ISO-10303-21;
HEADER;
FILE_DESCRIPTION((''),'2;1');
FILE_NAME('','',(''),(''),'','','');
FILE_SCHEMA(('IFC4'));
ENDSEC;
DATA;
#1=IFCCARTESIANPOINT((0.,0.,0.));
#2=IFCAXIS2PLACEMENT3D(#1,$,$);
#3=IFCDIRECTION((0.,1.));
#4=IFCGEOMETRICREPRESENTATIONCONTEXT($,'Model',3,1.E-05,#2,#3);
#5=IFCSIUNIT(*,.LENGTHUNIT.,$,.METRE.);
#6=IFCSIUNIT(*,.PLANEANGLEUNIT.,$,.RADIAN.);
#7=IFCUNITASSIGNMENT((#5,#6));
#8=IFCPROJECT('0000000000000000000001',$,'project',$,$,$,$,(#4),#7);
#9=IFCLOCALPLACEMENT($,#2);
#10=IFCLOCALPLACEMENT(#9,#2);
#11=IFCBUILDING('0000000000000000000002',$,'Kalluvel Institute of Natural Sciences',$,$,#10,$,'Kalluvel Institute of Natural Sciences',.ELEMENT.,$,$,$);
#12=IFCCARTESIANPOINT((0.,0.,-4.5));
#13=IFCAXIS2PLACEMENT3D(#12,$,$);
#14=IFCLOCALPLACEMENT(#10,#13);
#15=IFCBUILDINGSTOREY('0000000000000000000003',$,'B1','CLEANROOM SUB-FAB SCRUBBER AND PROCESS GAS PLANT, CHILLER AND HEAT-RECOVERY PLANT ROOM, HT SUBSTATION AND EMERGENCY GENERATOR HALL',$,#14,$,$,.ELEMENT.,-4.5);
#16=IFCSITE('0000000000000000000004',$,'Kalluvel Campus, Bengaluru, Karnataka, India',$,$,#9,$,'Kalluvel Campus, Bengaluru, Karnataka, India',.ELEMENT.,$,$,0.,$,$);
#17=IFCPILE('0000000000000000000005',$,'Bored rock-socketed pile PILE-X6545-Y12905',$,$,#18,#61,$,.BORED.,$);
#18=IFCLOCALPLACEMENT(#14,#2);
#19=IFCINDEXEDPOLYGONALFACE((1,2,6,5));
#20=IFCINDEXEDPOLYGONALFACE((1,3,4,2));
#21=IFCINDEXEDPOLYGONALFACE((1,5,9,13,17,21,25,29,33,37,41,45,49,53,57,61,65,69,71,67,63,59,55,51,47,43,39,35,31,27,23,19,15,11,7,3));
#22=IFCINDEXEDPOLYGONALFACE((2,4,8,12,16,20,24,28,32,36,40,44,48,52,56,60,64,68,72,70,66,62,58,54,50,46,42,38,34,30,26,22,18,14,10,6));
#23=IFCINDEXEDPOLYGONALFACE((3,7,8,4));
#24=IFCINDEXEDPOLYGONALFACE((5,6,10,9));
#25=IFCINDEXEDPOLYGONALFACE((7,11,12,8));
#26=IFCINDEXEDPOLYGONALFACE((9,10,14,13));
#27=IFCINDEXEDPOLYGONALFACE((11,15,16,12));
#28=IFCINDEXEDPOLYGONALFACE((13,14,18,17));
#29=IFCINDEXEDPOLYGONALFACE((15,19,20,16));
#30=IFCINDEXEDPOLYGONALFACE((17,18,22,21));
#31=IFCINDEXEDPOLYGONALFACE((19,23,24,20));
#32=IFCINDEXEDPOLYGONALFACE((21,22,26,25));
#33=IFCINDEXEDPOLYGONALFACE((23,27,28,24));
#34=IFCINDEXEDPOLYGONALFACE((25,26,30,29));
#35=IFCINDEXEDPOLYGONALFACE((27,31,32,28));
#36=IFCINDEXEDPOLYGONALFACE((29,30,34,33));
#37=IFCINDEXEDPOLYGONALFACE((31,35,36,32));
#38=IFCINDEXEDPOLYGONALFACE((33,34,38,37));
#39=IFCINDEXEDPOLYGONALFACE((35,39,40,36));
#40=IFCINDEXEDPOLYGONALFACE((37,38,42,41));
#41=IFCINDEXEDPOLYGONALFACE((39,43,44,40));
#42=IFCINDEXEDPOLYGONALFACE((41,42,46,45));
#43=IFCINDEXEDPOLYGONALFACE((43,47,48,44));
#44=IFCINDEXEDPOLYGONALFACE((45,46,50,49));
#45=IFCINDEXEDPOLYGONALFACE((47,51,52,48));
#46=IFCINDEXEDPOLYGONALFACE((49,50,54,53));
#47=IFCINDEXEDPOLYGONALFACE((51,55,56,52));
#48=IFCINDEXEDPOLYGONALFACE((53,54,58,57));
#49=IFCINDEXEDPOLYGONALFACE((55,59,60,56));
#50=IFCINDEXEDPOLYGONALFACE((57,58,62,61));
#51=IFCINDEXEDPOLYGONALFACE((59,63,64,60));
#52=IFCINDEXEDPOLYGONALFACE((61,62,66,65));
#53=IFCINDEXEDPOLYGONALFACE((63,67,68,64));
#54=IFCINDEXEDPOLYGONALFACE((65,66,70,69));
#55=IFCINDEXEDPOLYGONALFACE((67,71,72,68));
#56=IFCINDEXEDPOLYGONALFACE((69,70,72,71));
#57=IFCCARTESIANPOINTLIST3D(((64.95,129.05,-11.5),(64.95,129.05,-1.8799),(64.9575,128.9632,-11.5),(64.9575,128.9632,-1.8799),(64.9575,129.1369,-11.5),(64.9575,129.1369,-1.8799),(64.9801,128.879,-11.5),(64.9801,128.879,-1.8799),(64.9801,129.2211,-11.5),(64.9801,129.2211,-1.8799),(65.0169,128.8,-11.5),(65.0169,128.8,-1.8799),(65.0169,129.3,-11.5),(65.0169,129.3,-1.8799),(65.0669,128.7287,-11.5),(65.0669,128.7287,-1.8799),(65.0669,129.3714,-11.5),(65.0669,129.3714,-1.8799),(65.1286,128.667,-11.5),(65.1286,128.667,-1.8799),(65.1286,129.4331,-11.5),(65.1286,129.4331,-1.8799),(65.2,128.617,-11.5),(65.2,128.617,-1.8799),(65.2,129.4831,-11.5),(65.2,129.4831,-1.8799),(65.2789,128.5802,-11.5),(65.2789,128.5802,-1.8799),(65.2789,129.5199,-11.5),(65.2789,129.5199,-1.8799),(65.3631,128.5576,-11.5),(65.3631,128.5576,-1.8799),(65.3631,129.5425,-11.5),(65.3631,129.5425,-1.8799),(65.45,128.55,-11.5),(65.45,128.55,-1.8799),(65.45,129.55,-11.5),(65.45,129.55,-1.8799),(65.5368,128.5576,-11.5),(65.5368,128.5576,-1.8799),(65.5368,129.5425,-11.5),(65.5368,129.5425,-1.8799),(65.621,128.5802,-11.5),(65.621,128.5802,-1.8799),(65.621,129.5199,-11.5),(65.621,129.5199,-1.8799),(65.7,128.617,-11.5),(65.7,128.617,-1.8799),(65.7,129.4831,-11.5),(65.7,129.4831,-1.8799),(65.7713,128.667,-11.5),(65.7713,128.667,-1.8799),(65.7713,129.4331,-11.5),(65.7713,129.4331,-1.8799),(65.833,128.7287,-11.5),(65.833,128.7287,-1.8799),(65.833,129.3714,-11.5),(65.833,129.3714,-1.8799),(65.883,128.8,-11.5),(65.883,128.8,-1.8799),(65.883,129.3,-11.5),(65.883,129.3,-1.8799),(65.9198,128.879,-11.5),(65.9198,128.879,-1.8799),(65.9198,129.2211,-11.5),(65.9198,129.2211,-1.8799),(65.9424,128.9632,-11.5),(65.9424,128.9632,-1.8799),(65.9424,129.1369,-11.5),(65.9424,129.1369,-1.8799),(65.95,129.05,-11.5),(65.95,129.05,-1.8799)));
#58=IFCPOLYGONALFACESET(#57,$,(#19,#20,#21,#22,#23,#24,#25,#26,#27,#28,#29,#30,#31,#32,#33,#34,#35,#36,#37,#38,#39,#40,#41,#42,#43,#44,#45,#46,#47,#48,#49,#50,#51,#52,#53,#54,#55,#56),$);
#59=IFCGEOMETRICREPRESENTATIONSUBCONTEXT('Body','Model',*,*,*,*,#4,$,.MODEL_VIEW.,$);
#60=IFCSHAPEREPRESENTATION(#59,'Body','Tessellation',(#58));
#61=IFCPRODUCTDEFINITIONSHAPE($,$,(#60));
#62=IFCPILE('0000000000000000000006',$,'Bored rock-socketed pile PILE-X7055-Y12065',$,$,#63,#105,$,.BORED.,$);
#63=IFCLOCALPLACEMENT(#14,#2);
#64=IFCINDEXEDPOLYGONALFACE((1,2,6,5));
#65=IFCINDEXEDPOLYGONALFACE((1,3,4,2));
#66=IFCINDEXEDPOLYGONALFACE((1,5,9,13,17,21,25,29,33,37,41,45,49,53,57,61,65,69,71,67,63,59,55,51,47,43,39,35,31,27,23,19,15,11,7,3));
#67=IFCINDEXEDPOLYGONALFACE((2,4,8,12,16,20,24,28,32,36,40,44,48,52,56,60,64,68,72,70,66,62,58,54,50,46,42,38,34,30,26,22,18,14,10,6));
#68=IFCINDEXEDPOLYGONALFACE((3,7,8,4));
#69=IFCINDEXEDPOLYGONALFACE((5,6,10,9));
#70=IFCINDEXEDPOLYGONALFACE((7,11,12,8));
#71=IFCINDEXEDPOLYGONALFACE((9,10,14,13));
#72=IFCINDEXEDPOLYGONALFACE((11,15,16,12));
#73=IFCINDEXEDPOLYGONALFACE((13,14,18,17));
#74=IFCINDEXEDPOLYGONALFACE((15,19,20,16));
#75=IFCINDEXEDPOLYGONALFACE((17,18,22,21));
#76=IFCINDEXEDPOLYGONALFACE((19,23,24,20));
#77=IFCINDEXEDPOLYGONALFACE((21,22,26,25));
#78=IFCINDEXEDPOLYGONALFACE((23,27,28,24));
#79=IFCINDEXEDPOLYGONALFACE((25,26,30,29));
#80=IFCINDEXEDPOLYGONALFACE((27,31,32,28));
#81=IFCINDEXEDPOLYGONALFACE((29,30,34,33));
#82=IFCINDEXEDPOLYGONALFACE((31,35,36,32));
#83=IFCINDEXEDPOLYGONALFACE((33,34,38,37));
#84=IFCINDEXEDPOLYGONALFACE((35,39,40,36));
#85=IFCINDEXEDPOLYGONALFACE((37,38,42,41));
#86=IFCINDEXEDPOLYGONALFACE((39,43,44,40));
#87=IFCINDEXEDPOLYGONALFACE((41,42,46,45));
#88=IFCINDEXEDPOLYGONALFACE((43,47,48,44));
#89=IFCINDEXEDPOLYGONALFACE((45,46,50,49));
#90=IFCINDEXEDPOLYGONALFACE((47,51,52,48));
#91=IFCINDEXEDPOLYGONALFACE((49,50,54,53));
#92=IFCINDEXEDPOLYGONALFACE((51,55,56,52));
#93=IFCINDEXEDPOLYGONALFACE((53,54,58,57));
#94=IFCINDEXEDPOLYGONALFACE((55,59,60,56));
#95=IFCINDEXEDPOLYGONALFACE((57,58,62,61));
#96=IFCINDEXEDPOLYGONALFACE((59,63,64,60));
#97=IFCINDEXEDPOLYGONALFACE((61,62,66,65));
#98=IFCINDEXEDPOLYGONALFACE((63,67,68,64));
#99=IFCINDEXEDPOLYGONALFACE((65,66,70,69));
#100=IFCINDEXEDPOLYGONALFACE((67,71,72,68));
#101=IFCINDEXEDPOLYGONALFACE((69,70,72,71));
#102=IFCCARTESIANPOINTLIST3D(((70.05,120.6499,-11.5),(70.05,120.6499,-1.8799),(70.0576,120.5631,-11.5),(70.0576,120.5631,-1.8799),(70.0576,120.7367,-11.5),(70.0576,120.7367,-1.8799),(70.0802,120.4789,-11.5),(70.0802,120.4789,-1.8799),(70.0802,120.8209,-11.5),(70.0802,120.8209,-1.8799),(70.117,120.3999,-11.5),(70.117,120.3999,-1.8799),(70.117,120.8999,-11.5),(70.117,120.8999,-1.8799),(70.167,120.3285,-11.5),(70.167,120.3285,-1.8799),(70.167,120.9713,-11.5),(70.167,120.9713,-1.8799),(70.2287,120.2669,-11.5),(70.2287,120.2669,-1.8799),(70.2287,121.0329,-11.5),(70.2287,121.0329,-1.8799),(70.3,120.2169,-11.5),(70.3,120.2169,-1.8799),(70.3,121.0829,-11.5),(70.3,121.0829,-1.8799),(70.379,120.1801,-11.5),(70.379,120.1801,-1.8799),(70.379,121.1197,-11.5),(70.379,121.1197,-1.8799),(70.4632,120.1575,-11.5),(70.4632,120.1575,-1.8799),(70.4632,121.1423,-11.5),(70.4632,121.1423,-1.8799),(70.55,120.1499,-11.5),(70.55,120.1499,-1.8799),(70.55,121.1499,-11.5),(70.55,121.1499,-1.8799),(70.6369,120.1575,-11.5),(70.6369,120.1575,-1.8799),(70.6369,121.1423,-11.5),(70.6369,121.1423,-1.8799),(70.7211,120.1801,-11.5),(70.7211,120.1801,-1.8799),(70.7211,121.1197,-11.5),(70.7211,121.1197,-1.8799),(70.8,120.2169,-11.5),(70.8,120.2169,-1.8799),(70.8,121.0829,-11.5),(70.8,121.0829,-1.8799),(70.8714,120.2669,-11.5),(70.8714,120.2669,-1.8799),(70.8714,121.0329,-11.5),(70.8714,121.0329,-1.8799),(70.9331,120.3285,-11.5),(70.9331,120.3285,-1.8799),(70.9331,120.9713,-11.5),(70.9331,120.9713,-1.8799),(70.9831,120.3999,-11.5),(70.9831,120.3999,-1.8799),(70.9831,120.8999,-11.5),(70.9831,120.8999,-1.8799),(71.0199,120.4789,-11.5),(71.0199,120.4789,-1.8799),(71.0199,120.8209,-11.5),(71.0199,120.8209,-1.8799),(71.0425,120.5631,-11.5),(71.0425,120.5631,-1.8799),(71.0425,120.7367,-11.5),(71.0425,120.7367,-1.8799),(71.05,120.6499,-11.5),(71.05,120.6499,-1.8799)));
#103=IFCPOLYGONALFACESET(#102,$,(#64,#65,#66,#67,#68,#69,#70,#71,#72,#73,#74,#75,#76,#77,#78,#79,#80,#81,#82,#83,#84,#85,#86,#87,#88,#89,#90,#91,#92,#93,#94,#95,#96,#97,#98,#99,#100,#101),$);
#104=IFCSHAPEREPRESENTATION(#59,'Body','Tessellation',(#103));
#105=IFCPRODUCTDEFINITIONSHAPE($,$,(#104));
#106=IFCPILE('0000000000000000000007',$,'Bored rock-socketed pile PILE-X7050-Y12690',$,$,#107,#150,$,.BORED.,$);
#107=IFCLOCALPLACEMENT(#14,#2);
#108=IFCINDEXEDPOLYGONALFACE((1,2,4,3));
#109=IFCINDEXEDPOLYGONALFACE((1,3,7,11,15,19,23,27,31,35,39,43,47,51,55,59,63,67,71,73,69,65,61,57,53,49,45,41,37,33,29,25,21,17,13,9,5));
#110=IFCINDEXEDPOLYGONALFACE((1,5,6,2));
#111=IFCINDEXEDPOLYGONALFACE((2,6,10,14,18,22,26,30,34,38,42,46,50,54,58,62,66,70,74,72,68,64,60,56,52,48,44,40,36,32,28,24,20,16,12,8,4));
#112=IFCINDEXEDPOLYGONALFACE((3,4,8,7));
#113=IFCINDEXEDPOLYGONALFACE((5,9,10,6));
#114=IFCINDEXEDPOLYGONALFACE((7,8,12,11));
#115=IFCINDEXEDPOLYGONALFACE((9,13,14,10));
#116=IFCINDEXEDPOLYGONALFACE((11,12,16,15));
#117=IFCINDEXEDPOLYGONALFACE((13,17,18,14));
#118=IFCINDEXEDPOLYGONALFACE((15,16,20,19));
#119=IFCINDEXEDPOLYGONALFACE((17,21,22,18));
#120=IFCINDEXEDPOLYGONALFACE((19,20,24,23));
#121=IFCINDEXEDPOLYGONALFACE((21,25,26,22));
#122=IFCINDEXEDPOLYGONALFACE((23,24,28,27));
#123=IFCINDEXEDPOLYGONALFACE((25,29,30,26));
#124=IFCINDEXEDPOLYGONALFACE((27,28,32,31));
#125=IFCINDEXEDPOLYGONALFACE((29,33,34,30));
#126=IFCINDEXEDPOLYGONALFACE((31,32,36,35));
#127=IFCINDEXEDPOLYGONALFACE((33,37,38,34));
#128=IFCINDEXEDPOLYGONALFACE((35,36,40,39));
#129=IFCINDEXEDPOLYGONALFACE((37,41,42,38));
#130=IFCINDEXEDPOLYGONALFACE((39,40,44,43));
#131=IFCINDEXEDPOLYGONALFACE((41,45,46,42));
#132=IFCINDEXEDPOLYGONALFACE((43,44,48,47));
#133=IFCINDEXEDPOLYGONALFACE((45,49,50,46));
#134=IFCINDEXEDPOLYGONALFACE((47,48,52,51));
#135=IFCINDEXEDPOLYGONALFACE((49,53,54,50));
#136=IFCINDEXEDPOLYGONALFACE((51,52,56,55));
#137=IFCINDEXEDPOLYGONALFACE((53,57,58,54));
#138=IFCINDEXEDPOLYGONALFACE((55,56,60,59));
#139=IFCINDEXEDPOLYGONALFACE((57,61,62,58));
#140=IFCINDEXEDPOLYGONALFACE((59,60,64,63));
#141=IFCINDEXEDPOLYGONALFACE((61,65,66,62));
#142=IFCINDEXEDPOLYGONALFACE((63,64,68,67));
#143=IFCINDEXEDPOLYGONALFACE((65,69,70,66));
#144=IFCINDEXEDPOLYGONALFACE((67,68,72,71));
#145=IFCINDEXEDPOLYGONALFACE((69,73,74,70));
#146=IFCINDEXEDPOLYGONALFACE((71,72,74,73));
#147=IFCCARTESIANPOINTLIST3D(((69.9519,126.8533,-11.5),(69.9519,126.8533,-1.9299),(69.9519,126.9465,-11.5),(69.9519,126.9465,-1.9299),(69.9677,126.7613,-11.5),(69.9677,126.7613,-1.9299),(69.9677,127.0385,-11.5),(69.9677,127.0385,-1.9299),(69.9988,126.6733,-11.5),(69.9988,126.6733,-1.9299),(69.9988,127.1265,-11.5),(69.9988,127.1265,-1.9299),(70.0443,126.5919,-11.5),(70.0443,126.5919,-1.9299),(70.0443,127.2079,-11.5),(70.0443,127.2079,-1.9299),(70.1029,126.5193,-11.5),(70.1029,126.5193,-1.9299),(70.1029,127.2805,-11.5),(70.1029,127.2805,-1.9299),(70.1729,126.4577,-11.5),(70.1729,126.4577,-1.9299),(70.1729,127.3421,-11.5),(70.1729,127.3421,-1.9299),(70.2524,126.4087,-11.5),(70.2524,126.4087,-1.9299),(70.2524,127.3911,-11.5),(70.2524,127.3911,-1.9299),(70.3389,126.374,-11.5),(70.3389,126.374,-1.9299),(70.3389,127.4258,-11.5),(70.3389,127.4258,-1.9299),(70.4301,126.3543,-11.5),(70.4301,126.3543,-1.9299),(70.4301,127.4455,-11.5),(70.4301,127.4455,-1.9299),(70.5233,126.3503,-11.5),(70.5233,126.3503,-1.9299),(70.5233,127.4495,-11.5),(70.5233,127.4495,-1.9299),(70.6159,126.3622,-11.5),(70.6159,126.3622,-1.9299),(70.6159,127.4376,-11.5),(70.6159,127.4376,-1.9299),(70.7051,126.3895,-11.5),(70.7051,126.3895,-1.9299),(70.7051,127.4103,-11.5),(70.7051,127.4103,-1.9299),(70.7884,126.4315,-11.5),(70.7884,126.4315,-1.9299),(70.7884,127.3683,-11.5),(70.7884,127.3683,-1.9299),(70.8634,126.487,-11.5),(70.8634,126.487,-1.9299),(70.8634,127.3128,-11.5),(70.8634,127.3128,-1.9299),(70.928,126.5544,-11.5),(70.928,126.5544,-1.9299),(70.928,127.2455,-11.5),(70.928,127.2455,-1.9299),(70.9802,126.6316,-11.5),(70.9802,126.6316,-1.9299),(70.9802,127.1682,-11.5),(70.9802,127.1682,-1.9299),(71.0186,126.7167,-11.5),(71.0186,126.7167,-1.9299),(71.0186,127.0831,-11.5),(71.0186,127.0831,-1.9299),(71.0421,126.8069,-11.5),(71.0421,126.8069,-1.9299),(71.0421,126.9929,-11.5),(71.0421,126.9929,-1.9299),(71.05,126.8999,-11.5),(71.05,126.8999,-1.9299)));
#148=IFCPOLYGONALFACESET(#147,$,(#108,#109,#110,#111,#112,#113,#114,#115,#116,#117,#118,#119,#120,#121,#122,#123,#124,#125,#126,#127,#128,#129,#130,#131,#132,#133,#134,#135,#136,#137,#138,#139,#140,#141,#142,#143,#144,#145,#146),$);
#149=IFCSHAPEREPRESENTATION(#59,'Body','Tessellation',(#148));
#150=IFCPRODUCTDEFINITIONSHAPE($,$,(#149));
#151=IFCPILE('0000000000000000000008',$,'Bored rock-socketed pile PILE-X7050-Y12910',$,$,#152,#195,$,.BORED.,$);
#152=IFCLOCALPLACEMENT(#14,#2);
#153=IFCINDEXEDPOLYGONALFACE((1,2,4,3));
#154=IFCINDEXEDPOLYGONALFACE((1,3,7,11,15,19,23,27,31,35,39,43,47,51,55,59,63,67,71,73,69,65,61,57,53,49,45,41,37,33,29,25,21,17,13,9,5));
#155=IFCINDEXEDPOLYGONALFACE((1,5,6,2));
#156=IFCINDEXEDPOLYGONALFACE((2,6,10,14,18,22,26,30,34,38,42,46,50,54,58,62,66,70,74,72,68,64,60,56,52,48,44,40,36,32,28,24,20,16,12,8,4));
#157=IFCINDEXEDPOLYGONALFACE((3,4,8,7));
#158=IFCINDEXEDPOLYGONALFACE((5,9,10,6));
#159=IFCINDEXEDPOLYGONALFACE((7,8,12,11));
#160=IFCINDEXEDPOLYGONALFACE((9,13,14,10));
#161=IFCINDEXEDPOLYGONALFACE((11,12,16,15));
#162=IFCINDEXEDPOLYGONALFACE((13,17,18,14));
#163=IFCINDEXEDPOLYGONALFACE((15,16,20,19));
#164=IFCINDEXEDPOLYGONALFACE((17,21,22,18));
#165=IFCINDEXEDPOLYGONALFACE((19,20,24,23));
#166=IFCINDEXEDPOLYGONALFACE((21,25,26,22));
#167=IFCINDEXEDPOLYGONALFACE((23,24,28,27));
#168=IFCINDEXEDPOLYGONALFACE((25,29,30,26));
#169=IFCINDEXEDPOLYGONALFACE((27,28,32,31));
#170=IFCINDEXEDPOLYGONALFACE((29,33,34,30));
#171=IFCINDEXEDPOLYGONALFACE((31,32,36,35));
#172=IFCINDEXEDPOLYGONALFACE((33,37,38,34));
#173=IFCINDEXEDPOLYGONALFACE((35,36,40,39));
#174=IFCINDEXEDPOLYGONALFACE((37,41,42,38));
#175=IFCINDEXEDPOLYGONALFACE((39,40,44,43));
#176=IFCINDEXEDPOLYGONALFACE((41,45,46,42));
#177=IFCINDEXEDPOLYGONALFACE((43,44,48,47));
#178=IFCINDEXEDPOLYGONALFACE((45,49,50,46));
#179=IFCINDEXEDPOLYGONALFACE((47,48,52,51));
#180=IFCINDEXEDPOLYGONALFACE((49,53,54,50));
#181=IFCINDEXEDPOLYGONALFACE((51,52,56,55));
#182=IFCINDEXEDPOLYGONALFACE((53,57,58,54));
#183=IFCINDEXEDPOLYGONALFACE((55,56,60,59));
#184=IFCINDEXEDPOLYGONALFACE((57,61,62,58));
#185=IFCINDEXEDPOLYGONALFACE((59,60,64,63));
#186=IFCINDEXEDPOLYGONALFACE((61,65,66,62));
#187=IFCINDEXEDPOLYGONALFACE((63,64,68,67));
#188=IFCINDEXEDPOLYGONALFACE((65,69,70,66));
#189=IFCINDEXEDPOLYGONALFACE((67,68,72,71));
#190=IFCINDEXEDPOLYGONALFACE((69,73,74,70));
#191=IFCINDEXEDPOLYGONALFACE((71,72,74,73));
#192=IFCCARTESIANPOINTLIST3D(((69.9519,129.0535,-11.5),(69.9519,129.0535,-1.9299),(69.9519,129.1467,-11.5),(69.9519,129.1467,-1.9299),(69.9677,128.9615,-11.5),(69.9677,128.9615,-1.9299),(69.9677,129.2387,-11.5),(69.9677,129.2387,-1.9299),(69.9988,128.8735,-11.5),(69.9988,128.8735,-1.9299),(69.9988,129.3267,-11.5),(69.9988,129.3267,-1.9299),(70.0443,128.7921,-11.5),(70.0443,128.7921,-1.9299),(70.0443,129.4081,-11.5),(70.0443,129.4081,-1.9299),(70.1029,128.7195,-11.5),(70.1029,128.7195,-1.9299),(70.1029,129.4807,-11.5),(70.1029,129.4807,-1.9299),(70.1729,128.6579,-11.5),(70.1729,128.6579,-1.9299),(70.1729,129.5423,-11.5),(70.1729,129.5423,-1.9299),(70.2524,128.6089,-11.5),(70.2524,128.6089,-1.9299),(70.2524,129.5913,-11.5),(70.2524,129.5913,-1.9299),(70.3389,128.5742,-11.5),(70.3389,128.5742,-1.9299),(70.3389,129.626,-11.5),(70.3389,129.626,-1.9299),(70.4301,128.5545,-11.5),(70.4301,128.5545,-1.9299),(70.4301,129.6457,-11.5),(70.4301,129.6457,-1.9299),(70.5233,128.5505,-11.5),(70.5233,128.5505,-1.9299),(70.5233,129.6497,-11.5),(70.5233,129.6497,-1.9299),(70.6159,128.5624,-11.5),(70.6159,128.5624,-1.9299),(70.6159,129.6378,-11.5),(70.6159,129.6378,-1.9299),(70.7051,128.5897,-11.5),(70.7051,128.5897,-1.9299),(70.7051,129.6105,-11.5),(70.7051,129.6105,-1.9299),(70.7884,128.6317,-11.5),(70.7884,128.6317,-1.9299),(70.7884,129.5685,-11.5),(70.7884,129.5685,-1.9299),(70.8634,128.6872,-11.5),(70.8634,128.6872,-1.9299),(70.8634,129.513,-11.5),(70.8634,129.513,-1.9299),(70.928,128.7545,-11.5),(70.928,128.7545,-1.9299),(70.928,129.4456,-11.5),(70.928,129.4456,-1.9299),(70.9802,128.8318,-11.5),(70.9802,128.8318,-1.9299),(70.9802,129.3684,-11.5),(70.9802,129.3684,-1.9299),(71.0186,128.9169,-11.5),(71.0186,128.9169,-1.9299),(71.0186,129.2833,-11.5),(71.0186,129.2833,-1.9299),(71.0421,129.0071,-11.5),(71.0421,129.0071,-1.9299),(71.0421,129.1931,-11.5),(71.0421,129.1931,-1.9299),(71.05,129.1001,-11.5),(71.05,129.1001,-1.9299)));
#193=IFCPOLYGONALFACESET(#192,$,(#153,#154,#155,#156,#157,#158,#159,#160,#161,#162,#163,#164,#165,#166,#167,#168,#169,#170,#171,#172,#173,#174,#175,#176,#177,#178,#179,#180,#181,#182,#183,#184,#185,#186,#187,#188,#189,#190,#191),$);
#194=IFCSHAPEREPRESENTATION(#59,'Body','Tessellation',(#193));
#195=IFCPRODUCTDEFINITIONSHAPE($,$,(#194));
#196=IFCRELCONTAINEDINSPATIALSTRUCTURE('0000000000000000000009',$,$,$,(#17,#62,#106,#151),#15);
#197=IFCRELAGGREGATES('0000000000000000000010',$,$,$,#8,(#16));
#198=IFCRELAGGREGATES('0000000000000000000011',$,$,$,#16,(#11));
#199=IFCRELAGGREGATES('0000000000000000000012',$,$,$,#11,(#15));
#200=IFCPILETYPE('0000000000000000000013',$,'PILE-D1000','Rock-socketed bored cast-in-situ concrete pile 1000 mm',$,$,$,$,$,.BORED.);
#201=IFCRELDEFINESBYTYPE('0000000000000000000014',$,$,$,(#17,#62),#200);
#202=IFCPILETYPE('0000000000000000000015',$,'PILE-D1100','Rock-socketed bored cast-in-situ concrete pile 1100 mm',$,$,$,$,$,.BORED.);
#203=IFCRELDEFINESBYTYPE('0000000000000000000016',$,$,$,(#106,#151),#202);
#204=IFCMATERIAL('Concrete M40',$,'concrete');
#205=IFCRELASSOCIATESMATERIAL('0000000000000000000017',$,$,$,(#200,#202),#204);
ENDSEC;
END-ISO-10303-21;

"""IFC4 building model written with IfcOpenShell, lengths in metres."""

from ifc_helpers import new_model, si_unit, direction, frame, origin, origin_2d, place, context, subcontext, project, spatial, circle, extrude, material, material_profile, profile_set, type_object, element, save


model = new_model("IFC4")

# Units and contexts
model_context = context("Model", 3, precision=1e-05, world=origin(), true_north=direction((0.0, 1.0)))
body_context = subcontext(model_context, "Body", "Model", "MODEL_VIEW")
ifc_project = project(units=[si_unit("LENGTHUNIT", "METRE"), si_unit("PLANEANGLEUNIT", "RADIAN")], contexts=[model_context])

# Site, building, storey
site_placement = place(None, origin())
site = spatial("IfcSite", under=ifc_project, at=site_placement, Name="Kalluvel Campus, Bengaluru, Karnataka, India", LongName="Kalluvel Campus, Bengaluru, Karnataka, India", CompositionType="ELEMENT", RefElevation=0.0)
building_placement = place(site_placement, origin())
building = spatial("IfcBuilding", under=site, at=building_placement, Name="Kalluvel Institute of Natural Sciences", LongName="Kalluvel Institute of Natural Sciences", CompositionType="ELEMENT")
storey_placement = place(building_placement, frame((0.0, 0.0, -4.5)))
storey = spatial("IfcBuildingStorey", under=building, at=storey_placement, Name="B1", Description="CLEANROOM SUB-FAB SCRUBBER AND PROCESS GAS PLANT, CHILLER AND HEAT-RECOVERY PLANT ROOM, HT SUBSTATION AND EMERGENCY GENERATOR HALL", CompositionType="ELEMENT", Elevation=-4.5)

# Shared definitions
ifc_material_1 = material(Name="Concrete M40", Category="concrete")

# Piles
ifc_material_profile_1 = material_profile(ifc_material_1, circle(Radius=0.5, at=origin_2d()), Name="PILE D1000")
ifc_profile_set_1 = profile_set([ifc_material_profile_1], Name="Concrete M40")
pile_type_1 = type_object("IfcPileType", Name="PILE-D1000", Description="Rock-socketed bored cast-in-situ concrete pile 1000 mm", PredefinedType="BORED", material=ifc_profile_set_1)
for number, where, z_axis, x_axis, name in (
    (1, (65.45, 129.05, -1.8799), (0.0, 0.0, -1.0), (1.0, 0.0, 0.0), "Bored rock-socketed pile PILE-X6545-Y12905"),
    (2, (70.55, 120.6499, -1.8799), (0.0, 0.0, -1.0), (1.0, 0.0, 0.0), "Bored rock-socketed pile PILE-X7055-Y12065"),
):
    element("IfcPile", number, at=place(storey_placement, frame(where, z_axis=z_axis, x_axis=x_axis)), inside=storey, type_object=pile_type_1, Name=name, PredefinedType="BORED", context=body_context, shape_type="SweptSolid", body=[
        extrude(circle(Radius=0.5, at=origin_2d()), origin(), (0.0, 0.0, 1.0), 9.6201),
    ])
ifc_material_profile_2 = material_profile(ifc_material_1, circle(Radius=0.55, at=origin_2d()), Name="PILE D1100")
ifc_profile_set_2 = profile_set([ifc_material_profile_2], Name="Concrete M40")
pile_type_2 = type_object("IfcPileType", Name="PILE-D1100", Description="Rock-socketed bored cast-in-situ concrete pile 1100 mm", PredefinedType="BORED", material=ifc_profile_set_2)
for number, where, z_axis, x_axis, name in (
    (3, (70.5, 126.8999, -1.9299), (0.0, 0.0, -1.0), (1.0, 0.0, 0.0), "Bored rock-socketed pile PILE-X7050-Y12690"),
    (4, (70.5, 129.1001, -1.9299), (0.0, 0.0, -1.0), (1.0, 0.0, 0.0), "Bored rock-socketed pile PILE-X7050-Y12910"),
):
    element("IfcPile", number, at=place(storey_placement, frame(where, z_axis=z_axis, x_axis=x_axis)), inside=storey, type_object=pile_type_2, Name=name, PredefinedType="BORED", context=body_context, shape_type="SweptSolid", body=[
        extrude(circle(Radius=0.55, at=origin_2d()), origin(), (0.0, 0.0, 1.0), 9.5701),
    ])

save(model, "model.ifc")
